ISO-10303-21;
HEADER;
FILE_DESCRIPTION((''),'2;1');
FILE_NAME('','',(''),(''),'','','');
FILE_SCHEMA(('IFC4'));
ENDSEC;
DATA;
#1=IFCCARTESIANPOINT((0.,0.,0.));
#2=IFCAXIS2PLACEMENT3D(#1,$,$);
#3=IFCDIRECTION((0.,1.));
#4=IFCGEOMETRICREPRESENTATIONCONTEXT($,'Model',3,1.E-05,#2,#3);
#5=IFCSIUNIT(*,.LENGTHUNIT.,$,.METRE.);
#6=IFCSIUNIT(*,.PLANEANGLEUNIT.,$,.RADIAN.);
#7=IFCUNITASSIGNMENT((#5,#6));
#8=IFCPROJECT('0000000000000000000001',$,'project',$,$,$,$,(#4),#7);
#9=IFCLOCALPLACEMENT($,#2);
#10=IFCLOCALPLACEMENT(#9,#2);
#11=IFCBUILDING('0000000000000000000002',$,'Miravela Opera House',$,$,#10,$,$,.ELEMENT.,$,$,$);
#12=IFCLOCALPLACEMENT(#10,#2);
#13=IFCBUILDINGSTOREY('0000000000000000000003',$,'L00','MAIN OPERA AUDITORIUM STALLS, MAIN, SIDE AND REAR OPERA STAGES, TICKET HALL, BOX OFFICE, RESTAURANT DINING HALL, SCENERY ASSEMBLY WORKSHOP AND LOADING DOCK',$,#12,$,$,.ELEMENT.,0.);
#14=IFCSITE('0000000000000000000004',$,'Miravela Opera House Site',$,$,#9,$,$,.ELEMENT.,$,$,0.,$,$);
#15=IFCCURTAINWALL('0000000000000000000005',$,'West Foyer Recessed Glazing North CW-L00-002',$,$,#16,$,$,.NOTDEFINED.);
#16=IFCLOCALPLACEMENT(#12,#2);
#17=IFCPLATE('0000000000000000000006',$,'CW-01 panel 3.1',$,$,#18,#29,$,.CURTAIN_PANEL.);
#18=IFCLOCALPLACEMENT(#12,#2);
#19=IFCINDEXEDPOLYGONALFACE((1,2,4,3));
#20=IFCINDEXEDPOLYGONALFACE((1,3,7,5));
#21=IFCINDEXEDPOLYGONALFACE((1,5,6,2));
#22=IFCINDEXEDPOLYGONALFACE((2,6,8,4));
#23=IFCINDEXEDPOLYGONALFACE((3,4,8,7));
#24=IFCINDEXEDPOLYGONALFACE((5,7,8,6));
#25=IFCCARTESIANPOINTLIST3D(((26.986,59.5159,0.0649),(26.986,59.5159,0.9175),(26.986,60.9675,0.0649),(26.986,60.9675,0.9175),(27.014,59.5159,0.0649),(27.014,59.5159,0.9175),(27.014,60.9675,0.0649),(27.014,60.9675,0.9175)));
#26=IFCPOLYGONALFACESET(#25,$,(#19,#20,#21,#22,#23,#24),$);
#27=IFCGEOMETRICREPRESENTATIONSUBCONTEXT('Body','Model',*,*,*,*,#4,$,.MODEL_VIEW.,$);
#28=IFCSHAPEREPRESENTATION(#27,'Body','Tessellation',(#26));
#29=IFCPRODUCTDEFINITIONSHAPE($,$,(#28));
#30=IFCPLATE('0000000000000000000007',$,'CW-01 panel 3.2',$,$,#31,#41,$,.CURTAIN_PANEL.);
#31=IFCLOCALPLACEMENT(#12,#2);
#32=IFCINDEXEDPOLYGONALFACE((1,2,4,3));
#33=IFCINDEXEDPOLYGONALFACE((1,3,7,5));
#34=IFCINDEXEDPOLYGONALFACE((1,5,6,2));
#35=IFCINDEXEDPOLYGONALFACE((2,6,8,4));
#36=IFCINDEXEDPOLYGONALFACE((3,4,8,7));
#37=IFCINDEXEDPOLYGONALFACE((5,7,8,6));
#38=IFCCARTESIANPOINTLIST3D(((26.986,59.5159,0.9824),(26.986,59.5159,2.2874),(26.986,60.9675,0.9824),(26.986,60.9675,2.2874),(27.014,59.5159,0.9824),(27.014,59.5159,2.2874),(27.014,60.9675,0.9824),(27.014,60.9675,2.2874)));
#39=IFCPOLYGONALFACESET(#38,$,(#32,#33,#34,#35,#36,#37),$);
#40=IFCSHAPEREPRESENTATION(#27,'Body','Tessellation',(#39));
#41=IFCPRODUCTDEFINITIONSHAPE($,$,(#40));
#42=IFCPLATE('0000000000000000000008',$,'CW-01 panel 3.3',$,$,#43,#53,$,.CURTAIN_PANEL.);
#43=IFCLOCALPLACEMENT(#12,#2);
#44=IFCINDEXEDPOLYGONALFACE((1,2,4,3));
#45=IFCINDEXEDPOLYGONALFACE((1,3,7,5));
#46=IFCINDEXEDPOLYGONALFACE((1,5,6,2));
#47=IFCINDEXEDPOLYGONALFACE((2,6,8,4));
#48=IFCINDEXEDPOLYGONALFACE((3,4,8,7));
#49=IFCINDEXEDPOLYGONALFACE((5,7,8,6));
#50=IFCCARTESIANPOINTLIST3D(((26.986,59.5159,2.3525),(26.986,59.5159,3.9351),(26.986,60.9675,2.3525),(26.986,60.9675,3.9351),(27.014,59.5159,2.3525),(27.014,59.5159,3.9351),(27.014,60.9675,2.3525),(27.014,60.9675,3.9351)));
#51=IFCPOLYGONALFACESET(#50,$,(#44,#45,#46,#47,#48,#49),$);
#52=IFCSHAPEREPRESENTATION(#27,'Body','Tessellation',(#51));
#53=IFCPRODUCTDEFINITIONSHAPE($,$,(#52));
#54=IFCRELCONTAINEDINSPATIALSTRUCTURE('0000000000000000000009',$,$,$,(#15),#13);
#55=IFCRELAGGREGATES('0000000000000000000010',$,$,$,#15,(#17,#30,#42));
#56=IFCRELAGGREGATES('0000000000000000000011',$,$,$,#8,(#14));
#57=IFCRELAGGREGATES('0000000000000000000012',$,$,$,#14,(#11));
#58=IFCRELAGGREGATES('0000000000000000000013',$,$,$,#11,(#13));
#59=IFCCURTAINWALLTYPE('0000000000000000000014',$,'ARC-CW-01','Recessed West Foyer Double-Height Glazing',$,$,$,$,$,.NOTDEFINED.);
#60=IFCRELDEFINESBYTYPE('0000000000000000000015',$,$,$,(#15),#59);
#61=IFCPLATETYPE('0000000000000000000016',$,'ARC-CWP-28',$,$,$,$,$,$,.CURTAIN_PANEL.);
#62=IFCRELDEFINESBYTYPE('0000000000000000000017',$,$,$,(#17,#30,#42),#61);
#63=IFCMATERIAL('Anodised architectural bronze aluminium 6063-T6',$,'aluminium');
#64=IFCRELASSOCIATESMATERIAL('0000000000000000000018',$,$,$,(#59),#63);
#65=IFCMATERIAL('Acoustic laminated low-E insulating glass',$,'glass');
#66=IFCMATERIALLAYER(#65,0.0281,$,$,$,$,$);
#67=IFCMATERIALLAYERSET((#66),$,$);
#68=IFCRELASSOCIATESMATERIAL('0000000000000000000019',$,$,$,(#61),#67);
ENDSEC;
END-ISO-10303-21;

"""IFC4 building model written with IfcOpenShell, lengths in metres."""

from ifc_helpers import new_model, si_unit, direction, frame, origin, origin_2d, place, context, subcontext, project, spatial, rectangle, extrude, material, layer, layer_set, type_object, element, aggregate, save


model = new_model("IFC4")

# Units and contexts
model_context = context("Model", 3, precision=1e-05, world=origin(), true_north=direction((0.0, 1.0)))
body_context = subcontext(model_context, "Body", "Model", "MODEL_VIEW")
ifc_project = project(units=[si_unit("LENGTHUNIT", "METRE"), si_unit("PLANEANGLEUNIT", "RADIAN")], contexts=[model_context])

# Site, building, storey
site_placement = place(None, origin())
site = spatial("IfcSite", under=ifc_project, at=site_placement, Name="Miravela Opera House Site", CompositionType="ELEMENT", RefElevation=0.0)
building_placement = place(site_placement, origin())
building = spatial("IfcBuilding", under=site, at=building_placement, Name="Miravela Opera House", CompositionType="ELEMENT")
storey_placement = place(building_placement, origin())
storey = spatial("IfcBuildingStorey", under=building, at=storey_placement, Name="L00", Description="MAIN OPERA AUDITORIUM STALLS, MAIN, SIDE AND REAR OPERA STAGES, TICKET HALL, BOX OFFICE, RESTAURANT DINING HALL, SCENERY ASSEMBLY WORKSHOP AND LOADING DOCK", CompositionType="ELEMENT", Elevation=0.0)

# Curtain wall
ifc_material_1 = material(Name="Anodised architectural bronze aluminium 6063-T6", Category="aluminium")
curtain_wall_type = type_object("IfcCurtainWallType", Name="ARC-CW-01", Description="Recessed West Foyer Double-Height Glazing", PredefinedType="NOTDEFINED", material=ifc_material_1)
curtain_wall_placement = place(storey_placement, origin())
curtain_wall = element("IfcCurtainWall", 1, at=curtain_wall_placement, inside=storey, type_object=curtain_wall_type, Name="West Foyer Recessed Glazing North CW-L00-002", PredefinedType="NOTDEFINED")

# Plates
ifc_material_2 = material(Name="Acoustic laminated low-E insulating glass", Category="glass")
ifc_layer = layer(ifc_material_2, 0.0281)
ifc_layer_set = layer_set([ifc_layer])
plate_type = type_object("IfcPlateType", Name="ARC-CWP-28", PredefinedType="CURTAIN_PANEL", material=ifc_layer_set)
plate_1_placement = place(storey_placement, frame((27.0, 60.2417, 0.0649), z_axis=(0.0, 0.0, 1.0), x_axis=(0.0, 1.0, 0.0)))
plate_1 = element("IfcPlate", 2, at=plate_1_placement, type_object=plate_type, Name="CW-01 panel 3.1", PredefinedType="CURTAIN_PANEL", context=body_context, shape_type="SweptSolid", body=[
    extrude(rectangle(XDim=1.4517, YDim=0.0281, at=origin_2d()), origin(), (0.0, 0.0, 1.0), 0.8525),
])
plate_2_placement = place(storey_placement, frame((27.0, 60.2417, 0.9824), z_axis=(0.0, 0.0, 1.0), x_axis=(0.0, 1.0, 0.0)))
plate_2 = element("IfcPlate", 3, at=plate_2_placement, type_object=plate_type, Name="CW-01 panel 3.2", PredefinedType="CURTAIN_PANEL", context=body_context, shape_type="SweptSolid", body=[
    extrude(rectangle(XDim=1.4517, YDim=0.0281, at=origin_2d()), origin(), (0.0, 0.0, 1.0), 1.3049),
])
plate_3_placement = place(storey_placement, frame((27.0, 60.2417, 2.3525), z_axis=(0.0, 0.0, 1.0), x_axis=(0.0, 1.0, 0.0)))
plate_3 = element("IfcPlate", 4, at=plate_3_placement, type_object=plate_type, Name="CW-01 panel 3.3", PredefinedType="CURTAIN_PANEL", context=body_context, shape_type="SweptSolid", body=[
    extrude(rectangle(XDim=1.4517, YDim=0.0281, at=origin_2d()), origin(), (0.0, 0.0, 1.0), 1.5825),
])
aggregate(curtain_wall, [plate_1, plate_2, plate_3])

save(model, "model.ifc")
